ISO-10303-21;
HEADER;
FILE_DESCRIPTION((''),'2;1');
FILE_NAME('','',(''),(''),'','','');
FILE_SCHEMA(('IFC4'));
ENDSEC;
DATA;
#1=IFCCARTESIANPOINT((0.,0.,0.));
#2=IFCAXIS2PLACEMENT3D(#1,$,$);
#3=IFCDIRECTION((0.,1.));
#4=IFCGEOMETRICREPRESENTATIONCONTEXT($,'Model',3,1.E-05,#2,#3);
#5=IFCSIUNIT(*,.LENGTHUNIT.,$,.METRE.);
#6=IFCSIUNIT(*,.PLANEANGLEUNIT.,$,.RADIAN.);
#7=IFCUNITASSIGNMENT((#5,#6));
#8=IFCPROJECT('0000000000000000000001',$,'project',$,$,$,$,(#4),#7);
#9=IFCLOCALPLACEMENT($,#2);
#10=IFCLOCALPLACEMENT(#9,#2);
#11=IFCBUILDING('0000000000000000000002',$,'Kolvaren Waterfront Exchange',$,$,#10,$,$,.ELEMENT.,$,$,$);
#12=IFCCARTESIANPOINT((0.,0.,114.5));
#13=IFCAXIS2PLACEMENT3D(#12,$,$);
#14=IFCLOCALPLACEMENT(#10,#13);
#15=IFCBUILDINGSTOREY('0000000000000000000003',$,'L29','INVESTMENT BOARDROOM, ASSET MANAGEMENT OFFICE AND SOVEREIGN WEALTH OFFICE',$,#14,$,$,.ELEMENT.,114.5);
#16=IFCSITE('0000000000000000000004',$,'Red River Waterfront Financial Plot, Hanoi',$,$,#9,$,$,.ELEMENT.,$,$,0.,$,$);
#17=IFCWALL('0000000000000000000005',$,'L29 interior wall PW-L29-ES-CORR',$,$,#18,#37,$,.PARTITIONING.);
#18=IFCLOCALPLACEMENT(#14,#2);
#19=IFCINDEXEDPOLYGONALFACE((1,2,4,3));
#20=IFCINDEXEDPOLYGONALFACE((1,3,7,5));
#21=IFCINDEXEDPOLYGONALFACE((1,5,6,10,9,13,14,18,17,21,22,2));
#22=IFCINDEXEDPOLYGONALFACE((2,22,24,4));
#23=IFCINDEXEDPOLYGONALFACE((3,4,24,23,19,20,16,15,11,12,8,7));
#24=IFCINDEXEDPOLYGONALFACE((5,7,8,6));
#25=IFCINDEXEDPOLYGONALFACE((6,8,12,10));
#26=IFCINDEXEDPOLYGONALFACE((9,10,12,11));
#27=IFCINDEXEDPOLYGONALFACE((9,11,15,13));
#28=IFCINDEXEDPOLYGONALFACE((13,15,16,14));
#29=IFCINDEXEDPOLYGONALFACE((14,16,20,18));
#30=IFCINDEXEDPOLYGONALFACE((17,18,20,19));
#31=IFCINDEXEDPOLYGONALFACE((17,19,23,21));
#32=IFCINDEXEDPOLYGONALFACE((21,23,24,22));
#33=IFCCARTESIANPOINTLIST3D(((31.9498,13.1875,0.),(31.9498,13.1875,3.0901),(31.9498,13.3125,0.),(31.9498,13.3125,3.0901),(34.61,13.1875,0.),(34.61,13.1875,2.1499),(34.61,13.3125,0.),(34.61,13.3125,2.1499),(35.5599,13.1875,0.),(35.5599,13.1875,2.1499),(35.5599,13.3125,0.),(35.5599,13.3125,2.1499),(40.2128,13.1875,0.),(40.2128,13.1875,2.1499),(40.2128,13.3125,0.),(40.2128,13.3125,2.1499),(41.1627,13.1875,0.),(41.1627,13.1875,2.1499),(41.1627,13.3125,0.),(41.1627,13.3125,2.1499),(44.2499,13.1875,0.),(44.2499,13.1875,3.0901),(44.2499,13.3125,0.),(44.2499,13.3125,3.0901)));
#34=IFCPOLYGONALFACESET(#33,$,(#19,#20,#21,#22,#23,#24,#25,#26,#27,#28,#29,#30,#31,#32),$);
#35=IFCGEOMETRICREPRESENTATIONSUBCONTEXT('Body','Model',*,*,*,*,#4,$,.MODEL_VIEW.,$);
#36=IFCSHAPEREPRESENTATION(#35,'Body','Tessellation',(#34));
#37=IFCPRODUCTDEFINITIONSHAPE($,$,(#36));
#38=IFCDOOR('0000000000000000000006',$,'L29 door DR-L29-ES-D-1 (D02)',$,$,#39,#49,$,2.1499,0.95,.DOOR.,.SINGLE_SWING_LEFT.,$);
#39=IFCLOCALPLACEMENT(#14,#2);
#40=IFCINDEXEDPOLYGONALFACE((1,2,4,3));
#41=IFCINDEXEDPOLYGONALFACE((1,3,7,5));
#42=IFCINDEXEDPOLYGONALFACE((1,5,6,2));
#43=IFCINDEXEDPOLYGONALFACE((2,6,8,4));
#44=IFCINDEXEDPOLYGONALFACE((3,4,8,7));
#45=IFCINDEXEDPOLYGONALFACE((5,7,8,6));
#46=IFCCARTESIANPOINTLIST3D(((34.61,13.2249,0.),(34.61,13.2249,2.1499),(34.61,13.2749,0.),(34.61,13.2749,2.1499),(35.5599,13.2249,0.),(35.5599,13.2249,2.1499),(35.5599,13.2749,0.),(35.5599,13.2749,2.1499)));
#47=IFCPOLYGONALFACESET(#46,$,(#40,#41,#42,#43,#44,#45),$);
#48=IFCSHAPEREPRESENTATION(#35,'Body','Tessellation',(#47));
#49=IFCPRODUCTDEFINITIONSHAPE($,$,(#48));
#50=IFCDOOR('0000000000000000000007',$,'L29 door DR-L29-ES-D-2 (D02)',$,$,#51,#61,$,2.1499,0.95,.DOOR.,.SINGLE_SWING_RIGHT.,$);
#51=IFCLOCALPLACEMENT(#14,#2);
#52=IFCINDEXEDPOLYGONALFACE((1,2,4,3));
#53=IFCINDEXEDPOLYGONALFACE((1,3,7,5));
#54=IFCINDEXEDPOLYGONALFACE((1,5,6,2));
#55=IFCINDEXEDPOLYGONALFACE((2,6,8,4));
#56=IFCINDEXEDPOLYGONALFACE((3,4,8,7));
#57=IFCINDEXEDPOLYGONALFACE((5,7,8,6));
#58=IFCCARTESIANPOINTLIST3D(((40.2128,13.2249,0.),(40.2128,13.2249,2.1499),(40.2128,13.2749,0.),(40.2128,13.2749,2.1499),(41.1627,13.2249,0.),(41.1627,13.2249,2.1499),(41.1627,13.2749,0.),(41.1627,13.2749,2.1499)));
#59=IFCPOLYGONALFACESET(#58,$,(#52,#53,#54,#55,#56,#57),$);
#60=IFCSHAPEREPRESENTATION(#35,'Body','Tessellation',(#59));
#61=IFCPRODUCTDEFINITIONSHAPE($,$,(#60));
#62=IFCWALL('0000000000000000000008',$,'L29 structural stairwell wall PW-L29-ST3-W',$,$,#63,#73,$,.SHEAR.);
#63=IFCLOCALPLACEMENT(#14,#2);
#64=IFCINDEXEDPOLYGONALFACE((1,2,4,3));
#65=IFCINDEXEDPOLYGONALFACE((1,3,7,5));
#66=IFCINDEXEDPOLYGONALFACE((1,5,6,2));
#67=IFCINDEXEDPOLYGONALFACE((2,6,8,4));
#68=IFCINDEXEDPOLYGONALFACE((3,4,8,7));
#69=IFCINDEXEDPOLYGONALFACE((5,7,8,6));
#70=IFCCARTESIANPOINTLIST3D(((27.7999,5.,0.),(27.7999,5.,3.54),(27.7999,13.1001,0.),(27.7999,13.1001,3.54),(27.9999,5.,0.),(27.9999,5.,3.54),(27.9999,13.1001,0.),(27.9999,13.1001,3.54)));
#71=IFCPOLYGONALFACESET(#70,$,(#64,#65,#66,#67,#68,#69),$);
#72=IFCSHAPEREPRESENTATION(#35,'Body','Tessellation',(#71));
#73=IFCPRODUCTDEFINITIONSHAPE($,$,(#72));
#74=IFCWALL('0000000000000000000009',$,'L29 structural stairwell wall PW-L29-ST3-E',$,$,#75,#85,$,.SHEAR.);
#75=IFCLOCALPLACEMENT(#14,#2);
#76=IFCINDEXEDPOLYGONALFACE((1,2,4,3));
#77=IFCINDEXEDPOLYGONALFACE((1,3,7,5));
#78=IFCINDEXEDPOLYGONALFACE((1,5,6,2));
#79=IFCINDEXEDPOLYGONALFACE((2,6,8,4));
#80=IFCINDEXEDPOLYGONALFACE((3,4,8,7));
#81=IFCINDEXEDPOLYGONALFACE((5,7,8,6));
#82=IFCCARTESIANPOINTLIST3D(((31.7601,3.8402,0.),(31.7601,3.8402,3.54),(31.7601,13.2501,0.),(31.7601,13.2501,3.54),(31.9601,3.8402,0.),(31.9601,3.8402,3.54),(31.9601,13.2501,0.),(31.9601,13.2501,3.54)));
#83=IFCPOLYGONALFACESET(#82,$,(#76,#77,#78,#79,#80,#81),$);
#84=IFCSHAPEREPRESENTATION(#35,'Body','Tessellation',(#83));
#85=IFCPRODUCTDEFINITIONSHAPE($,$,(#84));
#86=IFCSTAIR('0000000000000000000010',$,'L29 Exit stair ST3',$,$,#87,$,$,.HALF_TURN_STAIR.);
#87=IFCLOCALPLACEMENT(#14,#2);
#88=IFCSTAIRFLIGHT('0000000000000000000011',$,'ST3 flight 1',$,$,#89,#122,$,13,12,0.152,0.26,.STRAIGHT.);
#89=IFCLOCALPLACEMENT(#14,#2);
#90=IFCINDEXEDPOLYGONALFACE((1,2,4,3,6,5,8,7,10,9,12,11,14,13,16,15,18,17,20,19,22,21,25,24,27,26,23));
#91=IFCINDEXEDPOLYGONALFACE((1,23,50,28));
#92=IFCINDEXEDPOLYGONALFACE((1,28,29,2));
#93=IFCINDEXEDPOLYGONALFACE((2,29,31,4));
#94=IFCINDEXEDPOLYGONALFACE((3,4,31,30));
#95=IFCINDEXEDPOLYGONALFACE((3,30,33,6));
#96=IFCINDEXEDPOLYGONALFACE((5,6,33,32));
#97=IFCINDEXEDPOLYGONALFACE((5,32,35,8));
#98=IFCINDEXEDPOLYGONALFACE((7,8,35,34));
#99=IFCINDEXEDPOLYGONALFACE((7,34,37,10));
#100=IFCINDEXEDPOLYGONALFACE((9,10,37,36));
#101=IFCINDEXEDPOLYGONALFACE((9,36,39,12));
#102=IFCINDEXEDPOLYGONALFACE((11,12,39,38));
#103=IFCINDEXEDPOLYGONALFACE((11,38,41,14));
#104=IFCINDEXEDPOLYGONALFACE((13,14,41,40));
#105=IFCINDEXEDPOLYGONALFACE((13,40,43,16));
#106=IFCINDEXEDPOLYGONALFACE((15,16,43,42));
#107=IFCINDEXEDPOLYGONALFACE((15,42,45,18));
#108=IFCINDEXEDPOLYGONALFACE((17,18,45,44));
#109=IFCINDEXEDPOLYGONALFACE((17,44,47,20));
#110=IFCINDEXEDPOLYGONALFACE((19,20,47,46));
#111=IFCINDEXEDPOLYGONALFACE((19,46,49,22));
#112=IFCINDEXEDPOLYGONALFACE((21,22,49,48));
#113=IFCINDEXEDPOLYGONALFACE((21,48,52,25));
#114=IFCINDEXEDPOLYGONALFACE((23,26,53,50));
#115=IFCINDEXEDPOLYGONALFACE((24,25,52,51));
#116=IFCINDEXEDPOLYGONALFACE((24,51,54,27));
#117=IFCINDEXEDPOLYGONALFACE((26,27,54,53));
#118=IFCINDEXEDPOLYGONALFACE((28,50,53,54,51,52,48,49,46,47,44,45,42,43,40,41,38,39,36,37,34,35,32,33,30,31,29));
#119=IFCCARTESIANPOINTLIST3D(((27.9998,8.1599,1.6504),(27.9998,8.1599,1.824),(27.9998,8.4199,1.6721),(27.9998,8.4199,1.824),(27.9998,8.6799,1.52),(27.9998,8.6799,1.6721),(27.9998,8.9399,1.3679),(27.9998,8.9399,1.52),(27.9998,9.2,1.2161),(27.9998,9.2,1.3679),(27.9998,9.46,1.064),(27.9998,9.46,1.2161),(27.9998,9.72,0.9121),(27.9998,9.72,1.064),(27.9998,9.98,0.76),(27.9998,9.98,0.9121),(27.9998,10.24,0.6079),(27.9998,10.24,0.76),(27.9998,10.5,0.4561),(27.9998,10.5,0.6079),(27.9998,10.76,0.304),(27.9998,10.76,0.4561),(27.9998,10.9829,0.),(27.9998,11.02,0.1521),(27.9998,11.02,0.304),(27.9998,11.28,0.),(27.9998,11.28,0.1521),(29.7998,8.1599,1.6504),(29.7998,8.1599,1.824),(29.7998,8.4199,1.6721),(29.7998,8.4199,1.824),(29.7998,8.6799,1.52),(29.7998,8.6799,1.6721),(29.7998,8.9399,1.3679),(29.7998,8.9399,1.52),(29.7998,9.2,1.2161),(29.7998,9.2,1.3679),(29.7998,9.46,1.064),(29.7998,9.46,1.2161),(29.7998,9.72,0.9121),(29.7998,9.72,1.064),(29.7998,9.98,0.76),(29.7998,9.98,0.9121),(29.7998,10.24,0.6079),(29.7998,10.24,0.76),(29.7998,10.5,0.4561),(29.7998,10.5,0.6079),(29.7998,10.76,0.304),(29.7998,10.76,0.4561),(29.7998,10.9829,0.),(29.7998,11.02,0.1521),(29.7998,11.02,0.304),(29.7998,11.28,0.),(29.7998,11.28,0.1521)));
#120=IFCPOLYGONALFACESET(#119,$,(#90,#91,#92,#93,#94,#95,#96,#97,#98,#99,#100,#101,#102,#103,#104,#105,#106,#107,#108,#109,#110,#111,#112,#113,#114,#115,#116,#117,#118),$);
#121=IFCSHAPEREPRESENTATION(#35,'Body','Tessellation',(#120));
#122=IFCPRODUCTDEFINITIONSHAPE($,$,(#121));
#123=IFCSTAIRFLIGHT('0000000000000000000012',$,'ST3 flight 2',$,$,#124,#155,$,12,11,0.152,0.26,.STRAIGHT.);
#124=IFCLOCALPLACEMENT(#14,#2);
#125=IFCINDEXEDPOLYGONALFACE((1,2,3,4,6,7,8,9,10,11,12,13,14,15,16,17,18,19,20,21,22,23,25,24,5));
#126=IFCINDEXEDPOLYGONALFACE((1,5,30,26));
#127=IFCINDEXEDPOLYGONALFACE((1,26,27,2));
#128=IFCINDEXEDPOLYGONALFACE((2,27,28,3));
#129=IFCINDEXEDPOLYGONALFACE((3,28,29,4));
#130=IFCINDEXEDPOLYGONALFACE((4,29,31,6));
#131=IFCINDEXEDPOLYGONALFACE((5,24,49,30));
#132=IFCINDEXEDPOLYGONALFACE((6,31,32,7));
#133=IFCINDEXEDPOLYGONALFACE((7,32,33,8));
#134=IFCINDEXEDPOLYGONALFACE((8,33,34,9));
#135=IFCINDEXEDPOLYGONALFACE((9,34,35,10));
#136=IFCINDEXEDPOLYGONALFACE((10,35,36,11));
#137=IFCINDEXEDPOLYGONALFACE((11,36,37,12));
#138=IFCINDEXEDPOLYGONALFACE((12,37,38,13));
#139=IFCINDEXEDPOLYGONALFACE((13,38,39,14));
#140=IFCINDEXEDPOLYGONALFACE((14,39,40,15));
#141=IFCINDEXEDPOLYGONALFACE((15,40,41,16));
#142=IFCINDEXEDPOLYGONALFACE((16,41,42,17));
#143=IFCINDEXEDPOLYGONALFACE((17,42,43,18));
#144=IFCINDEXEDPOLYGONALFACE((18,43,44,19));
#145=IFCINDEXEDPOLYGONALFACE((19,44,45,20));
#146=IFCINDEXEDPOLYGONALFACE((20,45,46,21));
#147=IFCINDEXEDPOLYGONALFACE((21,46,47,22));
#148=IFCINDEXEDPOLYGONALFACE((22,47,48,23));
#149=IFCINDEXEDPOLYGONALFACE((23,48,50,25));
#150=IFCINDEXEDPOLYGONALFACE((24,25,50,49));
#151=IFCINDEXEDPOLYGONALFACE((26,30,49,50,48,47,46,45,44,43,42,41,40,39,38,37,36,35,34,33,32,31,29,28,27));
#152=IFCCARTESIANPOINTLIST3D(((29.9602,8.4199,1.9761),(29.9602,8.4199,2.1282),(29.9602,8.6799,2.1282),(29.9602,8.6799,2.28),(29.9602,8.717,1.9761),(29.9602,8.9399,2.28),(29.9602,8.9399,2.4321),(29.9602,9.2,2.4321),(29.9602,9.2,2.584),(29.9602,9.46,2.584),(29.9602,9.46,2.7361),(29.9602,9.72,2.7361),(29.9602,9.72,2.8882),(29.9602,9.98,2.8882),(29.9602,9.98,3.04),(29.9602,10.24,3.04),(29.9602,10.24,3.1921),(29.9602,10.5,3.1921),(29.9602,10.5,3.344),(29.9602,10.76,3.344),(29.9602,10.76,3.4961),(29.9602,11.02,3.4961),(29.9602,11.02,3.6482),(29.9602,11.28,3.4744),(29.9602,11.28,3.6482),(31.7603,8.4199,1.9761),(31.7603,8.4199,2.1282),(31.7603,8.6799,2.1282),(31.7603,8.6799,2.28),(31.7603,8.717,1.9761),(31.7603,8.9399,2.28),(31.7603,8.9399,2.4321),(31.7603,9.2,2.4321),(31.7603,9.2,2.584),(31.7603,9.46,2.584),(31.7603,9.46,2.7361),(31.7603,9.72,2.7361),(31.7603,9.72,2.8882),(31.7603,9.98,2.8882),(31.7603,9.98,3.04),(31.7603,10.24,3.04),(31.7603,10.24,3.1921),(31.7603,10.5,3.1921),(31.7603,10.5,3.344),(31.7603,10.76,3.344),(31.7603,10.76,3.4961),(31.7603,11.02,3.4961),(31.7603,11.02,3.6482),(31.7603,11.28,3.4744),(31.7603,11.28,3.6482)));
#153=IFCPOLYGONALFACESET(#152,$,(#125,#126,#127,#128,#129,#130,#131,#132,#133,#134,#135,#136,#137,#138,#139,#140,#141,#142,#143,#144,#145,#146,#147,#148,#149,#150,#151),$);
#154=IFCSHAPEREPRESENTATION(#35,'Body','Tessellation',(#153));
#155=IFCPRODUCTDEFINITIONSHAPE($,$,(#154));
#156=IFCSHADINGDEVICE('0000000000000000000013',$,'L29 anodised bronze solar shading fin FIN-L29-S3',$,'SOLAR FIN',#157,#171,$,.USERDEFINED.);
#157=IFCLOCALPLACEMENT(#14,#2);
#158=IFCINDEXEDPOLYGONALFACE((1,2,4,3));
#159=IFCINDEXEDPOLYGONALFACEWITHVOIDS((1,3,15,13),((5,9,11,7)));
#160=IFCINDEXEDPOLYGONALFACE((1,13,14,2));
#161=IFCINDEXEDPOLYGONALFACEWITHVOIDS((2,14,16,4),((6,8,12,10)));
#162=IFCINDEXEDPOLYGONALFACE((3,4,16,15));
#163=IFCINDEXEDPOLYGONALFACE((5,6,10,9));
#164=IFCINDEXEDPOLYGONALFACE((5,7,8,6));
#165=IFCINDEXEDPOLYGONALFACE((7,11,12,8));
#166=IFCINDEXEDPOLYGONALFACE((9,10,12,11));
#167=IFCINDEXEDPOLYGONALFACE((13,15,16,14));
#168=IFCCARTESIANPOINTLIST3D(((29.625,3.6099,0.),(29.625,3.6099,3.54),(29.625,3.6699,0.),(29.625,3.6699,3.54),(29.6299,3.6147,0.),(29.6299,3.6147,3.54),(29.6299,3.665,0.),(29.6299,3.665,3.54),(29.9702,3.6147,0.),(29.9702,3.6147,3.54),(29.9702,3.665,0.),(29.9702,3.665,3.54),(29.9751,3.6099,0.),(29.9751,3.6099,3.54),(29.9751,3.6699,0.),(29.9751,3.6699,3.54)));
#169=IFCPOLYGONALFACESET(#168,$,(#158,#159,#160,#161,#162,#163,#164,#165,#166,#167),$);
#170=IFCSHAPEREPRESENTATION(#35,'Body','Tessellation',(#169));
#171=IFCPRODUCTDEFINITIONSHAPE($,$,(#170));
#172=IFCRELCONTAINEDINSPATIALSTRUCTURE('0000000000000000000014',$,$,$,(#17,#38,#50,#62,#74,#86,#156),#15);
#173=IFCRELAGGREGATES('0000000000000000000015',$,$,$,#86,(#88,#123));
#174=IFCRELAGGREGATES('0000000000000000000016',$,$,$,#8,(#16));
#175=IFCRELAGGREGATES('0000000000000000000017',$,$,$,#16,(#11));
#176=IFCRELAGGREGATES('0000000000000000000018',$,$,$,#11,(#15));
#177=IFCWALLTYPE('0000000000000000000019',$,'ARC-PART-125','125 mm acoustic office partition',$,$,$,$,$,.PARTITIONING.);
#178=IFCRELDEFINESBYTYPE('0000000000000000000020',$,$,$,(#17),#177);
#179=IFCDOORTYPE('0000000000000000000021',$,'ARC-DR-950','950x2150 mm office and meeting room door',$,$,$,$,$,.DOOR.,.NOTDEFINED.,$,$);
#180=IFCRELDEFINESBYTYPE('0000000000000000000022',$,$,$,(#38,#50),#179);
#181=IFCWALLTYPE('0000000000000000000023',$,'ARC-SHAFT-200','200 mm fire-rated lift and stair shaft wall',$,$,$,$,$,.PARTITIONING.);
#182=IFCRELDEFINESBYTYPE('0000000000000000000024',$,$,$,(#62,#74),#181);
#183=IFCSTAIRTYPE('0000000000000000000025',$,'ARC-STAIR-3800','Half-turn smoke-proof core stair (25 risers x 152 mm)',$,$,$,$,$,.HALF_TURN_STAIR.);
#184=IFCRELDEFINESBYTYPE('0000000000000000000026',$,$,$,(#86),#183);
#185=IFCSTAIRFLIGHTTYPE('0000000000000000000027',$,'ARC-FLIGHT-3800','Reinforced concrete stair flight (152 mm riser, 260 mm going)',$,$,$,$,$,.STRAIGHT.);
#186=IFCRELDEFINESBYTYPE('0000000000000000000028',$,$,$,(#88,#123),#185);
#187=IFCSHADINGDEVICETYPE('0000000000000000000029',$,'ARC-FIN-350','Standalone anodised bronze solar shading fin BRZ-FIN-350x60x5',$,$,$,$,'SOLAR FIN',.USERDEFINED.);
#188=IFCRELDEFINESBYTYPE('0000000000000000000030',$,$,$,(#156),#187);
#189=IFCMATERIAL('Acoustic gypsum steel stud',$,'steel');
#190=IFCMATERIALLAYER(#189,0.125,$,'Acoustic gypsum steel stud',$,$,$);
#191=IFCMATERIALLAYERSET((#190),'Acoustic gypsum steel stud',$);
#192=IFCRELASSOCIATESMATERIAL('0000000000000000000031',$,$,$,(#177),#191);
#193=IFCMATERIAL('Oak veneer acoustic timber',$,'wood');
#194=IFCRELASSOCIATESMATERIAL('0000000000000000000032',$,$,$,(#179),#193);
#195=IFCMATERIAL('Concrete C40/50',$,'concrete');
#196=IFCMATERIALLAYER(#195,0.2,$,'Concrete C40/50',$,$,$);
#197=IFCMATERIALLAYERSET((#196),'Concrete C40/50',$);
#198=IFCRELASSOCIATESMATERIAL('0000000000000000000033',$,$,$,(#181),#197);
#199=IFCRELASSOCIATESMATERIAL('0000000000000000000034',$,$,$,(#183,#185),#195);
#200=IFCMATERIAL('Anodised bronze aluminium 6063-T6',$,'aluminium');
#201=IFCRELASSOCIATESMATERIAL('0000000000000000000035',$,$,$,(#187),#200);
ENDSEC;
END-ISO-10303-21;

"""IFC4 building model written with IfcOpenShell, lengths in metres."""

from ifc_helpers import new_model, si_unit, direction, frame, frame_2d, origin, origin_2d, place, context, subcontext, project, spatial, polyline, rectangle, hollow_rectangle, outline, extrude, material, layer, layer_set, material_profile, profile_set, type_object, element, fill, aggregate, save


model = new_model("IFC4")

# Units and contexts
model_context = context("Model", 3, precision=1e-05, world=origin(), true_north=direction((0.0, 1.0)))
body_context = subcontext(model_context, "Body", "Model", "MODEL_VIEW")
ifc_project = project(units=[si_unit("LENGTHUNIT", "METRE"), si_unit("PLANEANGLEUNIT", "RADIAN")], contexts=[model_context])

# Site, building, storey
site_placement = place(None, origin())
site = spatial("IfcSite", under=ifc_project, at=site_placement, Name="Red River Waterfront Financial Plot, Hanoi", CompositionType="ELEMENT", RefElevation=0.0)
building_placement = place(site_placement, origin())
building = spatial("IfcBuilding", under=site, at=building_placement, Name="Kolvaren Waterfront Exchange", CompositionType="ELEMENT")
storey_placement = place(building_placement, frame((0.0, 0.0, 114.5)))
storey = spatial("IfcBuildingStorey", under=building, at=storey_placement, Name="L29", Description="INVESTMENT BOARDROOM, ASSET MANAGEMENT OFFICE AND SOVEREIGN WEALTH OFFICE", CompositionType="ELEMENT", Elevation=114.5)

# Shared definitions
ifc_material_1 = material(Name="Anodised bronze aluminium 6063-T6", Category="aluminium")

# Wall, openings, doors
ifc_material_2 = material(Name="Acoustic gypsum steel stud", Category="steel")
ifc_layer_1 = layer(ifc_material_2, 0.125, Name="Acoustic gypsum steel stud")
ifc_layer_set_1 = layer_set([ifc_layer_1], Name="Acoustic gypsum steel stud")
wall_type_1 = type_object("IfcWallType", Name="ARC-PART-125", Description="125 mm acoustic office partition", PredefinedType="PARTITIONING", material=ifc_layer_set_1)
wall_1_placement = place(storey_placement, frame((31.95, 13.25, 0.0), z_axis=(0.0, 0.0, 1.0), x_axis=(1.0, 0.0, 0.0)))
wall_1 = element("IfcWall", 1, at=wall_1_placement, inside=storey, type_object=wall_type_1, Name="L29 interior wall PW-L29-ES-CORR", PredefinedType="PARTITIONING", context=body_context, shape_type="SweptSolid", body=[
    extrude(rectangle(XDim=12.3, YDim=0.125, at=frame_2d((6.1499, 0.0))), origin(), (0.0, 0.0, 1.0), 3.0901),
])
opening_1_placement = place(wall_1_placement, frame((2.6599, 0.0, 0.0)))
opening_1 = element("IfcOpeningElement", 2, at=opening_1_placement, cuts=wall_1, PredefinedType="OPENING", context=body_context, shape_type="SweptSolid", body=[
    extrude(rectangle(XDim=0.95, YDim=2.1499, at=frame_2d((0.4751, 1.075))), frame((0.0, 0.0725, 0.0), z_axis=(0.0, -1.0, 0.0), x_axis=(1.0, 0.0, 0.0)), (0.0, 0.0, 1.0), 0.145),
])
opening_2_placement = place(wall_1_placement, frame((8.2627, 0.0, 0.0)))
opening_2 = element("IfcOpeningElement", 3, at=opening_2_placement, cuts=wall_1, PredefinedType="OPENING", context=body_context, shape_type="SweptSolid", body=[
    extrude(rectangle(XDim=0.95, YDim=2.1499, at=frame_2d((0.4751, 1.075))), frame((0.0, 0.0725, 0.0), z_axis=(0.0, -1.0, 0.0), x_axis=(1.0, 0.0, 0.0)), (0.0, 0.0, 1.0), 0.145),
])
ifc_material_3 = material(Name="Oak veneer acoustic timber", Category="wood")
door_type = type_object("IfcDoorType", Name="ARC-DR-950", Description="950x2150 mm office and meeting room door", OperationType="NOTDEFINED", PredefinedType="DOOR", material=ifc_material_3)
door_1_placement = place(opening_1_placement, origin())
door_1 = element("IfcDoor", 4, at=door_1_placement, inside=storey, type_object=door_type, Name="L29 door DR-L29-ES-D-1 (D02)", OperationType="SINGLE_SWING_LEFT", OverallHeight=2.1499, OverallWidth=0.95, PredefinedType="DOOR", context=body_context, shape_type="SweptSolid", body=[
    extrude(rectangle(XDim=0.95, YDim=2.1499, at=frame_2d((0.4751, 1.075))), frame((0.0, 0.0249, 0.0), z_axis=(0.0, -1.0, 0.0), x_axis=(1.0, 0.0, 0.0)), (0.0, 0.0, 1.0), 0.05),
])
fill(opening_1, door_1)
door_2_placement = place(opening_2_placement, origin())
door_2 = element("IfcDoor", 5, at=door_2_placement, inside=storey, type_object=door_type, Name="L29 door DR-L29-ES-D-2 (D02)", OperationType="SINGLE_SWING_RIGHT", OverallHeight=2.1499, OverallWidth=0.95, PredefinedType="DOOR", context=body_context, shape_type="SweptSolid", body=[
    extrude(rectangle(XDim=0.95, YDim=2.1499, at=frame_2d((0.4751, 1.075))), frame((0.0, 0.0249, 0.0), z_axis=(0.0, -1.0, 0.0), x_axis=(1.0, 0.0, 0.0)), (0.0, 0.0, 1.0), 0.05),
])
fill(opening_2, door_2)

# Walls
ifc_material_4 = material(Name="Concrete C40/50", Category="concrete")
ifc_layer_2 = layer(ifc_material_4, 0.2, Name="Concrete C40/50")
ifc_layer_set_2 = layer_set([ifc_layer_2], Name="Concrete C40/50")
wall_type_2 = type_object("IfcWallType", Name="ARC-SHAFT-200", Description="200 mm fire-rated lift and stair shaft wall", PredefinedType="PARTITIONING", material=ifc_layer_set_2)
wall_2_placement = place(storey_placement, frame((27.8999, 5.0, 0.0), z_axis=(0.0, 0.0, 1.0), x_axis=(0.0, 1.0, 0.0)))
element("IfcWall", 6, at=wall_2_placement, inside=storey, type_object=wall_type_2, Name="L29 structural stairwell wall PW-L29-ST3-W", PredefinedType="SHEAR", context=body_context, shape_type="SweptSolid", body=[
    extrude(rectangle(XDim=8.1001, YDim=0.2, at=frame_2d((4.05, 0.0))), origin(), (0.0, 0.0, 1.0), 3.54),
])
wall_3_placement = place(storey_placement, frame((31.8601, 3.8401, 0.0), z_axis=(0.0, 0.0, 1.0), x_axis=(0.0, 1.0, 0.0)))
element("IfcWall", 7, at=wall_3_placement, inside=storey, type_object=wall_type_2, Name="L29 structural stairwell wall PW-L29-ST3-E", PredefinedType="SHEAR", context=body_context, shape_type="SweptSolid", body=[
    extrude(rectangle(XDim=9.4099, YDim=0.2, at=frame_2d((4.7051, 0.0))), origin(), (0.0, 0.0, 1.0), 3.54),
])

# Stair, stair flights
stair_type = type_object("IfcStairType", Name="ARC-STAIR-3800", Description="Half-turn smoke-proof core stair (25 risers x 152 mm)", PredefinedType="HALF_TURN_STAIR", material=ifc_material_4)
stair_placement = place(storey_placement, origin())
stair = element("IfcStair", 8, at=stair_placement, inside=storey, type_object=stair_type, Name="L29 Exit stair ST3", PredefinedType="HALF_TURN_STAIR")
stair_flight_type = type_object("IfcStairFlightType", Name="ARC-FLIGHT-3800", Description="Reinforced concrete stair flight (152 mm riser, 260 mm going)", PredefinedType="STRAIGHT", material=ifc_material_4)
stair_flight_1_placement = place(storey_placement, frame((28.8999, 11.28, 0.0), z_axis=(0.0, 0.0, 1.0), x_axis=(0.0, -1.0, 0.0)))
stair_flight_1 = element("IfcStairFlight", 9, at=stair_flight_1_placement, type_object=stair_flight_type, Name="ST3 flight 1", NumberOfRisers=13, NumberOfTreads=12, PredefinedType="STRAIGHT", RiserHeight=0.152, TreadLength=0.26, context=body_context, shape_type="SweptSolid", body=[
    extrude(outline(polyline([(0.0, 0.0), (0.0, 0.1521), (0.26, 0.1521), (0.26, 0.304), (0.52, 0.304), (0.52, 0.4561), (0.78, 0.4561), (0.78, 0.6079), (1.04, 0.6079), (1.04, 0.76), (1.3, 0.76), (1.3, 0.9121), (1.5601, 0.9121), (1.5601, 1.064), (1.8201, 1.064), (1.8201, 1.2161), (2.0801, 1.2161), (2.0801, 1.3679), (2.3401, 1.3679), (2.3401, 1.52), (2.6001, 1.52), (2.6001, 1.6721), (2.8601, 1.6721), (2.8601, 1.824), (3.1201, 1.824), (3.1201, 1.9761), (3.1201, 1.6504), (0.2971, 0.0), (0.0, 0.0)])), frame((0.0, 0.8999, 0.0), z_axis=(0.0, -1.0, 0.0), x_axis=(1.0, 0.0, 0.0)), (0.0, 0.0, 1.0), 1.8),
])
stair_flight_2_placement = place(storey_placement, frame((30.8601, 8.4199, 1.9761), z_axis=(0.0, 0.0, 1.0), x_axis=(0.0, 1.0, 0.0)))
stair_flight_2 = element("IfcStairFlight", 10, at=stair_flight_2_placement, type_object=stair_flight_type, Name="ST3 flight 2", NumberOfRisers=12, NumberOfTreads=11, PredefinedType="STRAIGHT", RiserHeight=0.152, TreadLength=0.26, context=body_context, shape_type="SweptSolid", body=[
    extrude(outline(polyline([(0.0, 0.0), (0.0, 0.1521), (0.26, 0.1521), (0.26, 0.304), (0.52, 0.304), (0.52, 0.4561), (0.78, 0.4561), (0.78, 0.6079), (1.04, 0.6079), (1.04, 0.76), (1.3, 0.76), (1.3, 0.9121), (1.5601, 0.9121), (1.5601, 1.064), (1.8201, 1.064), (1.8201, 1.2161), (2.0801, 1.2161), (2.0801, 1.3679), (2.3401, 1.3679), (2.3401, 1.52), (2.6001, 1.52), (2.6001, 1.6721), (2.8601, 1.6721), (2.8601, 1.824), (2.8601, 1.4983), (0.2971, 0.0), (0.0, 0.0)])), frame((0.0, 0.8999, 0.0), z_axis=(0.0, -1.0, 0.0), x_axis=(1.0, 0.0, 0.0)), (0.0, 0.0, 1.0), 1.8),
])
aggregate(stair, [stair_flight_1, stair_flight_2])

# Shading device
ifc_material_profile_1 = material_profile(ifc_material_1, hollow_rectangle(XDim=0.0601, YDim=0.3501, WallThickness=0.0049, at=origin_2d()), Name="BRZ-FIN-350x60x5")
ifc_profile_set_1 = profile_set([ifc_material_profile_1], Name="Anodised bronze aluminium 6063-T6")
shading_device_type = type_object("IfcShadingDeviceType", Name="ARC-FIN-350", Description="Standalone anodised bronze solar shading fin BRZ-FIN-350x60x5", ElementType="SOLAR FIN", PredefinedType="USERDEFINED", material=ifc_profile_set_1)
shading_device_placement = place(storey_placement, frame((29.8, 3.6399, 0.0), z_axis=(0.0, 0.0, 1.0), x_axis=(0.0, -1.0, 0.0)))
element("IfcShadingDevice", 11, at=shading_device_placement, inside=storey, type_object=shading_device_type, Name="L29 anodised bronze solar shading fin FIN-L29-S3", ObjectType="SOLAR FIN", PredefinedType="USERDEFINED", context=body_context, shape_type="SweptSolid", body=[
    extrude(hollow_rectangle(XDim=0.0601, YDim=0.3501, WallThickness=0.0049, at=origin_2d()), origin(), (0.0, 0.0, 1.0), 3.54),
])

save(model, "model.ifc")
